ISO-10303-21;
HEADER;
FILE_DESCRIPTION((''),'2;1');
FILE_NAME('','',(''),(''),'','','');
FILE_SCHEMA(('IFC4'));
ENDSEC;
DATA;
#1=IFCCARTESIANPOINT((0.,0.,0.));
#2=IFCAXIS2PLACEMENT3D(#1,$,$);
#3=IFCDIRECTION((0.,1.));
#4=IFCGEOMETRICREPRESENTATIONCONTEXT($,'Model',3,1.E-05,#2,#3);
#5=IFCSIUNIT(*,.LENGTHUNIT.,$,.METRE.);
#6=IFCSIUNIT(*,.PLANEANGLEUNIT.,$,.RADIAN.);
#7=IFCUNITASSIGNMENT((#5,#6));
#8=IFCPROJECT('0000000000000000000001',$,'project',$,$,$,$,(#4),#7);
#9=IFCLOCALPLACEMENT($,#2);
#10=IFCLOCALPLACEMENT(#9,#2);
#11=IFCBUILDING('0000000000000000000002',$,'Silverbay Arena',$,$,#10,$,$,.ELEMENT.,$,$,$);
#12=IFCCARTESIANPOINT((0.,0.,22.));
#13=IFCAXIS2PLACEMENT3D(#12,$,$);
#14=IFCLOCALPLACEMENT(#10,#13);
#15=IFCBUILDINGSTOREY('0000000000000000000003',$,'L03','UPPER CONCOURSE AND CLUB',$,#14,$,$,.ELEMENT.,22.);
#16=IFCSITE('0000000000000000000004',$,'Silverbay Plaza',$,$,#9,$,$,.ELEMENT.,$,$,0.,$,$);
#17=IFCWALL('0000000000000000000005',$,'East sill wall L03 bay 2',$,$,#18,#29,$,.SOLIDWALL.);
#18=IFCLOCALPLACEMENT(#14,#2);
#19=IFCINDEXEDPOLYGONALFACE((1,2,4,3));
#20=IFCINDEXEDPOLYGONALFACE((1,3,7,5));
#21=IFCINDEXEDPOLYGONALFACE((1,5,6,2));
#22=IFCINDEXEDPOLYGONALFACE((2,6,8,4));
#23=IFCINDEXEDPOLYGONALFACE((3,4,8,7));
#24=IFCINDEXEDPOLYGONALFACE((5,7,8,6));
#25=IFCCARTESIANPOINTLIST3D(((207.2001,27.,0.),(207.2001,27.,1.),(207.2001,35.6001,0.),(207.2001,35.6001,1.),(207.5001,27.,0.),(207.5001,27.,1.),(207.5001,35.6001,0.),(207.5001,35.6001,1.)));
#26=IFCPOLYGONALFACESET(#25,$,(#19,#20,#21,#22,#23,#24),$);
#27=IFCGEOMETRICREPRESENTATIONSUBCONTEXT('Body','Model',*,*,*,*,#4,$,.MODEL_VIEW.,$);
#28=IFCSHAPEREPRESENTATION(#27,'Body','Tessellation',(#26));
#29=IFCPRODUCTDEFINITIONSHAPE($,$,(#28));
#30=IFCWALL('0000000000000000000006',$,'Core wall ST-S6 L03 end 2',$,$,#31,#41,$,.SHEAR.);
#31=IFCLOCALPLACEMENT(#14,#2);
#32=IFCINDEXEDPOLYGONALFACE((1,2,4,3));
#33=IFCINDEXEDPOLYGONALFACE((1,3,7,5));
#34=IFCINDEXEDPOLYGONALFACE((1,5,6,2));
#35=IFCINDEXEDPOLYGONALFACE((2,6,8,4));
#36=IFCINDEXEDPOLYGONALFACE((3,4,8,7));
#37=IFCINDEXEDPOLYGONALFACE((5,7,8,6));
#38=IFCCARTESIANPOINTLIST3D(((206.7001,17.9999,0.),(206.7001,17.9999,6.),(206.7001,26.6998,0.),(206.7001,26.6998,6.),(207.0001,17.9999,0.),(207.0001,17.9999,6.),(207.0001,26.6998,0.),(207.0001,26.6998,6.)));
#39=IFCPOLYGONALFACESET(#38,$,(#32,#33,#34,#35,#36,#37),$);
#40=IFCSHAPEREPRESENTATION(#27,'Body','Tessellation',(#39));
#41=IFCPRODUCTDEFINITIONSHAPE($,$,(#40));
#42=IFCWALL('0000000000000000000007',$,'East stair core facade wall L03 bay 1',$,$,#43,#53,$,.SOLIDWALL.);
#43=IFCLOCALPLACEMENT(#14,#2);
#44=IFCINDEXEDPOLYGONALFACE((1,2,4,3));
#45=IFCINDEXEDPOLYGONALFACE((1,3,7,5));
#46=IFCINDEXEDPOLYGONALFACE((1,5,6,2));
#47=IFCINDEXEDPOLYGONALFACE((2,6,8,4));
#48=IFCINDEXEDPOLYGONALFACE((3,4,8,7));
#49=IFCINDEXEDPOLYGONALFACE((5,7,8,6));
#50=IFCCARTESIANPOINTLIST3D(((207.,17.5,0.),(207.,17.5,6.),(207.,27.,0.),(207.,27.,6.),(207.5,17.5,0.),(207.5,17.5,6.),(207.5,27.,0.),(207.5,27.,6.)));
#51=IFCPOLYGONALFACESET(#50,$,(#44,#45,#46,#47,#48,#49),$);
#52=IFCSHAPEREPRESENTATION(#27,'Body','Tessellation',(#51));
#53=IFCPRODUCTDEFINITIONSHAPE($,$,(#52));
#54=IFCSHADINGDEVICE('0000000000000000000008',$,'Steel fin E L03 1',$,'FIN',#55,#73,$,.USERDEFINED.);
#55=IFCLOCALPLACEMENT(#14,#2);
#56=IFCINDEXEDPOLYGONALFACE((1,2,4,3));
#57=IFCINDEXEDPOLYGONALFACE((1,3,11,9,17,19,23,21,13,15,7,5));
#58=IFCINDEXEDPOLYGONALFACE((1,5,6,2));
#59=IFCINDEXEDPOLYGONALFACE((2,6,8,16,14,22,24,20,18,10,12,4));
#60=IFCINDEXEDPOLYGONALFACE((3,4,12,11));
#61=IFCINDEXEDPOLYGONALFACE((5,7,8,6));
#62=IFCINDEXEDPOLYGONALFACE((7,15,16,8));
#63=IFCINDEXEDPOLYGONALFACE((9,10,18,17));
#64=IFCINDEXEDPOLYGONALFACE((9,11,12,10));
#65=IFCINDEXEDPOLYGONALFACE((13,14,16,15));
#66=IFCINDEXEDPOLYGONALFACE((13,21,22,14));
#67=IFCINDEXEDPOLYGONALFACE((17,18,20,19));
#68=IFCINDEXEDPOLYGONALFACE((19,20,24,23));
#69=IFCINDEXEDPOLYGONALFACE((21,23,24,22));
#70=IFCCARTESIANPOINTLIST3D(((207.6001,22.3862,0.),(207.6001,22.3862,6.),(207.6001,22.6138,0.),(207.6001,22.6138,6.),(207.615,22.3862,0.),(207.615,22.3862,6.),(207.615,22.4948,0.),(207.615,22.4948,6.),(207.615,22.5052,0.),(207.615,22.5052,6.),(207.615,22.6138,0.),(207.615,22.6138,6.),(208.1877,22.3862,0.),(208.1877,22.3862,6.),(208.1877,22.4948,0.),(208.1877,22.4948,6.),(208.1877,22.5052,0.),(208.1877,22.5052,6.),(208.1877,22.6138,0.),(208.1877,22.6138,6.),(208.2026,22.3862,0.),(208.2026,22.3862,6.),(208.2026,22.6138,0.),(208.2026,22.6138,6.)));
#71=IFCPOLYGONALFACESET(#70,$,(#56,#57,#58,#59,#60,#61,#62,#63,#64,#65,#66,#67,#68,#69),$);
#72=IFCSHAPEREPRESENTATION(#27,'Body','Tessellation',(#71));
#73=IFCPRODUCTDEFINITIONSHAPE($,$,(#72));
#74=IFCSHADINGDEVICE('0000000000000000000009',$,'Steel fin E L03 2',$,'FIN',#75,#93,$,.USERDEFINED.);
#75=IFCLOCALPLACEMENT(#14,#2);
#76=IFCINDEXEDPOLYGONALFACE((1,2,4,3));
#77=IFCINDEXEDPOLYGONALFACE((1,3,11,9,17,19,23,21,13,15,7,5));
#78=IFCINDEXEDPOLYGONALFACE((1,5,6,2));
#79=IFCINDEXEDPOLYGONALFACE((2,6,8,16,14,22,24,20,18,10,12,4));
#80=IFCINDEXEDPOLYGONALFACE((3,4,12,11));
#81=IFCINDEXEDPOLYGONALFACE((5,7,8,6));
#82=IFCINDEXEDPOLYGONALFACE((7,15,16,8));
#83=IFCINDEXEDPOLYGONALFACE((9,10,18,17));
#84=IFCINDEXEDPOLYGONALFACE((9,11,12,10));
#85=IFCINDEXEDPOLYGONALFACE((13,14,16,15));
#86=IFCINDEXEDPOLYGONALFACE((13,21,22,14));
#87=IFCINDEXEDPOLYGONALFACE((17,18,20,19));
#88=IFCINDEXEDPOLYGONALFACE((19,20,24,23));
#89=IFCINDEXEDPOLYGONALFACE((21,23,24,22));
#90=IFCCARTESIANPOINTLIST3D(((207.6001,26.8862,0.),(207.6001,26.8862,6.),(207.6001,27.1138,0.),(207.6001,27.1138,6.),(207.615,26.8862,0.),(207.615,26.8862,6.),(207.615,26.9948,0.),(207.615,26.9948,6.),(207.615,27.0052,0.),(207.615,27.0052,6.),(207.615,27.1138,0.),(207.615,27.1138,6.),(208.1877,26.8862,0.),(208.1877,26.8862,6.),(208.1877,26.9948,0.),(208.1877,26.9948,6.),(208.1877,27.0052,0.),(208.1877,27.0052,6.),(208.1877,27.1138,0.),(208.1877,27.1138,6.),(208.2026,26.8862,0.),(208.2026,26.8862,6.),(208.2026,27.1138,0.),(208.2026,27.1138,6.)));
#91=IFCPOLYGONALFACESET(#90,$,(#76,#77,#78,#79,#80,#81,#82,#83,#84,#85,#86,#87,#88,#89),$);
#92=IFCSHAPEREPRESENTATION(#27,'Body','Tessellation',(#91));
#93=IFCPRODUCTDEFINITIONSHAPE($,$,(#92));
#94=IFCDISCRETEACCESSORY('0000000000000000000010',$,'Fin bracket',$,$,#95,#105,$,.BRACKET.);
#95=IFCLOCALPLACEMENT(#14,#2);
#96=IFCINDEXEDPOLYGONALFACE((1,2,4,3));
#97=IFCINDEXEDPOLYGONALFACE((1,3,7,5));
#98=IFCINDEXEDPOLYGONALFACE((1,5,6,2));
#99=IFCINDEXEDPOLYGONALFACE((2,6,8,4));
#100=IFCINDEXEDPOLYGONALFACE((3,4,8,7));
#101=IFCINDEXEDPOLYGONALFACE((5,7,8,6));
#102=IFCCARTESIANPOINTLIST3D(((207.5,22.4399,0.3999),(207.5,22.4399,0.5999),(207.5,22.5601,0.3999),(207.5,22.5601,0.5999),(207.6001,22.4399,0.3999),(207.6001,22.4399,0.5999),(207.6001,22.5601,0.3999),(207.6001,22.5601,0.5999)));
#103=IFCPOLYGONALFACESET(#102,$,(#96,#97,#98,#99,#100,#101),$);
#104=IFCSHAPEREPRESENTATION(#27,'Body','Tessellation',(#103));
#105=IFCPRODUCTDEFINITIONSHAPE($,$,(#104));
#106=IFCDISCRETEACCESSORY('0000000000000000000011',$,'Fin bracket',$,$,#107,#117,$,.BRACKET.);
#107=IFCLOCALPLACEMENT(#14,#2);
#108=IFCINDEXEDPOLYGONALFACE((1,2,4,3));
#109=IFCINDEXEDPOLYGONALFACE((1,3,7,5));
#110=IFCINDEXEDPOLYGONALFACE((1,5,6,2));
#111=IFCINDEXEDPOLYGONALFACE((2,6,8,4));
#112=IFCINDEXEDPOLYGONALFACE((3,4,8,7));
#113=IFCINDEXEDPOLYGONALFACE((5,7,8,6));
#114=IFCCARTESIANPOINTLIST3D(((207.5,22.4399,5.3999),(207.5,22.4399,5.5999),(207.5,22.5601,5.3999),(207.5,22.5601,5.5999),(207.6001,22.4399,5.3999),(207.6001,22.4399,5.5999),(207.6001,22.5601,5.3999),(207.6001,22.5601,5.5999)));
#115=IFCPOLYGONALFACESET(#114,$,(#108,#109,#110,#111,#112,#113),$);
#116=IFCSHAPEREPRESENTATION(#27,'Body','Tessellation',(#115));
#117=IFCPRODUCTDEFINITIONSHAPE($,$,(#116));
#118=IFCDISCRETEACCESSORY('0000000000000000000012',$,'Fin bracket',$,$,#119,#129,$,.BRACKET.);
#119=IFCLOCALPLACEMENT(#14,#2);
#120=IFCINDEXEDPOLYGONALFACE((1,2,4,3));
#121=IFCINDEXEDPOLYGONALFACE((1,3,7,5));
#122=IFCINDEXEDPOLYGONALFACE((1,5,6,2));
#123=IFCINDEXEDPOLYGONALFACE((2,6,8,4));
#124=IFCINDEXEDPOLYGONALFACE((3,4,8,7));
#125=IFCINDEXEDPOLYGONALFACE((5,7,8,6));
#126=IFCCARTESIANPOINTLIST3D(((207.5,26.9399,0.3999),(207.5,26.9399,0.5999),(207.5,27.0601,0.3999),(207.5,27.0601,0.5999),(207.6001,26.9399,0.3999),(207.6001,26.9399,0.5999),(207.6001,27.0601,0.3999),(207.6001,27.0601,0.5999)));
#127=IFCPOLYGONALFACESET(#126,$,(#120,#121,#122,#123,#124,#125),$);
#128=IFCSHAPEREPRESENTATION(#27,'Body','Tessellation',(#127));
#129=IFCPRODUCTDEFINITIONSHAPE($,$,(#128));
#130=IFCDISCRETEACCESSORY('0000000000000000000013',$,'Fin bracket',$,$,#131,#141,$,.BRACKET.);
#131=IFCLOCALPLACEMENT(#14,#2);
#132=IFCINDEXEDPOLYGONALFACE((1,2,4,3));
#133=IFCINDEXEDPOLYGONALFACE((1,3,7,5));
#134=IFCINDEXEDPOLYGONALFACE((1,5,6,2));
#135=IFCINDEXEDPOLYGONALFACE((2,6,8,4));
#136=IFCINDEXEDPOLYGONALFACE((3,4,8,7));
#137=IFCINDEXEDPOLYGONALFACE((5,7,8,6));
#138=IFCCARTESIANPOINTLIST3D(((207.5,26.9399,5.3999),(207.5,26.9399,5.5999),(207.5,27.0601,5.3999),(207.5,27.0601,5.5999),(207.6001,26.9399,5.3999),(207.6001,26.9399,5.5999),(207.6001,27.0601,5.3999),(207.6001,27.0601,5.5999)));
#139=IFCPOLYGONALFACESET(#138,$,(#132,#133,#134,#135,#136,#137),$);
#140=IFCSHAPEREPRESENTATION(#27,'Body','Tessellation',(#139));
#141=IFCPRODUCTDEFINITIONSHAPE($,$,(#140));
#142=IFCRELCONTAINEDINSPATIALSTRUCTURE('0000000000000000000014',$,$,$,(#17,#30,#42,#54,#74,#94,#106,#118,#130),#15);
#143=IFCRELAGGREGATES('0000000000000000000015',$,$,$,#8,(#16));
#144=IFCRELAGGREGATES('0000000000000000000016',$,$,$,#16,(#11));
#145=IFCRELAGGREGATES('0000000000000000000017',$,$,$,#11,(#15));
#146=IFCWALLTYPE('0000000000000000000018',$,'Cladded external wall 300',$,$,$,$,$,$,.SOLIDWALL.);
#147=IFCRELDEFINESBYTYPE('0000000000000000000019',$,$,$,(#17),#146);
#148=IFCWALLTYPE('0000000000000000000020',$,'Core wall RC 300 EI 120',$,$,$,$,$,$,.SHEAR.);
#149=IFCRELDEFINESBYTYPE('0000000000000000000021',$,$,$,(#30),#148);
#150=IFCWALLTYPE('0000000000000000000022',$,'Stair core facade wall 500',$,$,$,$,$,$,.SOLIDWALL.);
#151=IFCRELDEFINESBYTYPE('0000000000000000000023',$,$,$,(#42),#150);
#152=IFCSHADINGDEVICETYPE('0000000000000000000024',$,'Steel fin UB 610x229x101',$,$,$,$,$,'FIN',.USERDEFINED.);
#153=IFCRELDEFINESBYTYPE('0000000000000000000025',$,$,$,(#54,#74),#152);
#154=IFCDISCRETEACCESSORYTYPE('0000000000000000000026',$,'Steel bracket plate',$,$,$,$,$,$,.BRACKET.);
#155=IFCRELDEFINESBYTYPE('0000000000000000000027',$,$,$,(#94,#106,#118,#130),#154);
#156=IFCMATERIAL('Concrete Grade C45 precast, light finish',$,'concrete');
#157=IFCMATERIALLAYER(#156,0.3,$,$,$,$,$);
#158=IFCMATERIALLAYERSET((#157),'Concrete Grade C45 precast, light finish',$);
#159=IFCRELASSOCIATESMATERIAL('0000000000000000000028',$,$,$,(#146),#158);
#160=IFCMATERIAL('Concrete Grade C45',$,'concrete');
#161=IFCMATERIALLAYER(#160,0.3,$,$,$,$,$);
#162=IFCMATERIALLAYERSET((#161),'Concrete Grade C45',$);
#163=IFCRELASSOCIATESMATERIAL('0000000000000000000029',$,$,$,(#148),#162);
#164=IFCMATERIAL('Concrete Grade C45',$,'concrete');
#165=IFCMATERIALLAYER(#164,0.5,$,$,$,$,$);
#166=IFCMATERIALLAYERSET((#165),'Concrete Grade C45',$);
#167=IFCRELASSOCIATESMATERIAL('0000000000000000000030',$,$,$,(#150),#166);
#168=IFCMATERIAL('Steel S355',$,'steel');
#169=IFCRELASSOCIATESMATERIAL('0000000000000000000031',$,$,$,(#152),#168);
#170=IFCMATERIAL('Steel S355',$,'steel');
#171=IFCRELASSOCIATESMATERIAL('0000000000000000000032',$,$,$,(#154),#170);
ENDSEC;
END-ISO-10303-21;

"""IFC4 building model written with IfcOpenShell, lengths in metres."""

from ifc_helpers import new_model, si_unit, direction, frame, frame_2d, origin, origin_2d, place, context, subcontext, project, spatial, rectangle, i_section, extrude, material, layer, layer_set, material_profile, profile_set, type_object, element, save


model = new_model("IFC4")

# Units and contexts
model_context = context("Model", 3, precision=1e-05, world=origin(), true_north=direction((0.0, 1.0)))
body_context = subcontext(model_context, "Body", "Model", "MODEL_VIEW")
ifc_project = project(units=[si_unit("LENGTHUNIT", "METRE"), si_unit("PLANEANGLEUNIT", "RADIAN")], contexts=[model_context])

# Site, building, storey
site_placement = place(None, origin())
site = spatial("IfcSite", under=ifc_project, at=site_placement, Name="Silverbay Plaza", CompositionType="ELEMENT", RefElevation=0.0)
building_placement = place(site_placement, origin())
building = spatial("IfcBuilding", under=site, at=building_placement, Name="Silverbay Arena", CompositionType="ELEMENT")
storey_placement = place(building_placement, frame((0.0, 0.0, 22.0)))
storey = spatial("IfcBuildingStorey", under=building, at=storey_placement, Name="L03", Description="UPPER CONCOURSE AND CLUB", CompositionType="ELEMENT", Elevation=22.0)

# Walls
ifc_material_1 = material(Name="Concrete Grade C45 precast, light finish", Category="concrete")
ifc_layer_1 = layer(ifc_material_1, 0.3)
ifc_layer_set_1 = layer_set([ifc_layer_1], Name="Concrete Grade C45 precast, light finish")
wall_type_1 = type_object("IfcWallType", Name="Cladded external wall 300", PredefinedType="SOLIDWALL", material=ifc_layer_set_1)
wall_1_placement = place(storey_placement, frame((207.3501, 27.0, 0.0), z_axis=(0.0, 0.0, 1.0), x_axis=(0.0, 1.0, 0.0)))
element("IfcWall", 1, at=wall_1_placement, inside=storey, type_object=wall_type_1, Name="East sill wall L03 bay 2", PredefinedType="SOLIDWALL", context=body_context, shape_type="SweptSolid", body=[
    extrude(rectangle(XDim=8.6001, YDim=0.3, at=frame_2d((4.3, 0.0))), origin(), (0.0, 0.0, 1.0), 1.0),
])
ifc_material_2 = material(Name="Concrete Grade C45", Category="concrete")
ifc_layer_2 = layer(ifc_material_2, 0.3)
ifc_layer_set_2 = layer_set([ifc_layer_2], Name="Concrete Grade C45")
wall_type_2 = type_object("IfcWallType", Name="Core wall RC 300 EI 120", PredefinedType="SHEAR", material=ifc_layer_set_2)
wall_2_placement = place(storey_placement, frame((206.8501, 26.7, 0.0), z_axis=(0.0, 0.0, 1.0), x_axis=(0.0, -1.0, 0.0)))
element("IfcWall", 2, at=wall_2_placement, inside=storey, type_object=wall_type_2, Name="Core wall ST-S6 L03 end 2", PredefinedType="SHEAR", context=body_context, shape_type="SweptSolid", body=[
    extrude(rectangle(XDim=8.7, YDim=0.3, at=frame_2d((4.3501, 0.0))), origin(), (0.0, 0.0, 1.0), 6.0),
])
ifc_material_3 = material(Name="Concrete Grade C45", Category="concrete")
ifc_layer_3 = layer(ifc_material_3, 0.5)
ifc_layer_set_3 = layer_set([ifc_layer_3], Name="Concrete Grade C45")
wall_type_3 = type_object("IfcWallType", Name="Stair core facade wall 500", PredefinedType="SOLIDWALL", material=ifc_layer_set_3)
wall_3_placement = place(storey_placement, frame((207.25, 17.5, 0.0), z_axis=(0.0, 0.0, 1.0), x_axis=(0.0, 1.0, 0.0)))
element("IfcWall", 3, at=wall_3_placement, inside=storey, type_object=wall_type_3, Name="East stair core facade wall L03 bay 1", PredefinedType="SOLIDWALL", context=body_context, shape_type="SweptSolid", body=[
    extrude(rectangle(XDim=9.5, YDim=0.5, at=frame_2d((4.75, 0.0))), origin(), (0.0, 0.0, 1.0), 6.0),
])

# Shading devices
ifc_material_4 = material(Name="Steel S355", Category="steel")
ifc_material_profile_1 = material_profile(ifc_material_4, i_section(OverallWidth=0.2275, OverallDepth=0.6025, WebThickness=0.0105, FlangeThickness=0.0149, at=origin_2d()), Name="UB 610x229x101")
ifc_profile_set_1 = profile_set([ifc_material_profile_1], Name="Steel S355")
shading_device_type = type_object("IfcShadingDeviceType", Name="Steel fin UB 610x229x101", ElementType="FIN", PredefinedType="USERDEFINED", material=ifc_profile_set_1)
for number, where, z_axis, x_axis, name in (
    (4, (207.9014, 22.5, 0.0), (0.0, 0.0, 1.0), (0.0, 1.0, 0.0), "Steel fin E L03 1"),
    (5, (207.9014, 27.0, 0.0), (0.0, 0.0, 1.0), (0.0, 1.0, 0.0), "Steel fin E L03 2"),
):
    element("IfcShadingDevice", number, at=place(storey_placement, frame(where, z_axis=z_axis, x_axis=x_axis)), inside=storey, type_object=shading_device_type, Name=name, ObjectType="FIN", PredefinedType="USERDEFINED", context=body_context, shape_type="SweptSolid", body=[
        extrude(i_section(OverallWidth=0.2275, OverallDepth=0.6025, WebThickness=0.0105, FlangeThickness=0.0149, at=origin_2d()), origin(), (0.0, 0.0, 1.0), 6.0),
    ])

# Discrete accessories
ifc_material_5 = material(Name="Steel S355", Category="steel")
discrete_accessory_type = type_object("IfcDiscreteAccessoryType", Name="Steel bracket plate", PredefinedType="BRACKET", material=ifc_material_5)
for number, where, z_axis, x_axis, name in (
    (6, (207.55, 22.5, 0.3999), (0.0, 0.0, 1.0), (1.0, 0.0, 0.0), "Fin bracket"),
    (7, (207.55, 22.5, 5.3999), (0.0, 0.0, 1.0), (1.0, 0.0, 0.0), "Fin bracket"),
    (8, (207.55, 27.0, 0.3999), (0.0, 0.0, 1.0), (1.0, 0.0, 0.0), "Fin bracket"),
    (9, (207.55, 27.0, 5.3999), (0.0, 0.0, 1.0), (1.0, 0.0, 0.0), "Fin bracket"),
):
    element("IfcDiscreteAccessory", number, at=place(storey_placement, frame(where, z_axis=z_axis, x_axis=x_axis)), inside=storey, type_object=discrete_accessory_type, Name=name, PredefinedType="BRACKET", context=body_context, shape_type="SweptSolid", body=[
        extrude(rectangle(XDim=0.1001, YDim=0.1201, at=origin_2d()), origin(), (0.0, 0.0, 1.0), 0.2),
    ])

save(model, "model.ifc")
